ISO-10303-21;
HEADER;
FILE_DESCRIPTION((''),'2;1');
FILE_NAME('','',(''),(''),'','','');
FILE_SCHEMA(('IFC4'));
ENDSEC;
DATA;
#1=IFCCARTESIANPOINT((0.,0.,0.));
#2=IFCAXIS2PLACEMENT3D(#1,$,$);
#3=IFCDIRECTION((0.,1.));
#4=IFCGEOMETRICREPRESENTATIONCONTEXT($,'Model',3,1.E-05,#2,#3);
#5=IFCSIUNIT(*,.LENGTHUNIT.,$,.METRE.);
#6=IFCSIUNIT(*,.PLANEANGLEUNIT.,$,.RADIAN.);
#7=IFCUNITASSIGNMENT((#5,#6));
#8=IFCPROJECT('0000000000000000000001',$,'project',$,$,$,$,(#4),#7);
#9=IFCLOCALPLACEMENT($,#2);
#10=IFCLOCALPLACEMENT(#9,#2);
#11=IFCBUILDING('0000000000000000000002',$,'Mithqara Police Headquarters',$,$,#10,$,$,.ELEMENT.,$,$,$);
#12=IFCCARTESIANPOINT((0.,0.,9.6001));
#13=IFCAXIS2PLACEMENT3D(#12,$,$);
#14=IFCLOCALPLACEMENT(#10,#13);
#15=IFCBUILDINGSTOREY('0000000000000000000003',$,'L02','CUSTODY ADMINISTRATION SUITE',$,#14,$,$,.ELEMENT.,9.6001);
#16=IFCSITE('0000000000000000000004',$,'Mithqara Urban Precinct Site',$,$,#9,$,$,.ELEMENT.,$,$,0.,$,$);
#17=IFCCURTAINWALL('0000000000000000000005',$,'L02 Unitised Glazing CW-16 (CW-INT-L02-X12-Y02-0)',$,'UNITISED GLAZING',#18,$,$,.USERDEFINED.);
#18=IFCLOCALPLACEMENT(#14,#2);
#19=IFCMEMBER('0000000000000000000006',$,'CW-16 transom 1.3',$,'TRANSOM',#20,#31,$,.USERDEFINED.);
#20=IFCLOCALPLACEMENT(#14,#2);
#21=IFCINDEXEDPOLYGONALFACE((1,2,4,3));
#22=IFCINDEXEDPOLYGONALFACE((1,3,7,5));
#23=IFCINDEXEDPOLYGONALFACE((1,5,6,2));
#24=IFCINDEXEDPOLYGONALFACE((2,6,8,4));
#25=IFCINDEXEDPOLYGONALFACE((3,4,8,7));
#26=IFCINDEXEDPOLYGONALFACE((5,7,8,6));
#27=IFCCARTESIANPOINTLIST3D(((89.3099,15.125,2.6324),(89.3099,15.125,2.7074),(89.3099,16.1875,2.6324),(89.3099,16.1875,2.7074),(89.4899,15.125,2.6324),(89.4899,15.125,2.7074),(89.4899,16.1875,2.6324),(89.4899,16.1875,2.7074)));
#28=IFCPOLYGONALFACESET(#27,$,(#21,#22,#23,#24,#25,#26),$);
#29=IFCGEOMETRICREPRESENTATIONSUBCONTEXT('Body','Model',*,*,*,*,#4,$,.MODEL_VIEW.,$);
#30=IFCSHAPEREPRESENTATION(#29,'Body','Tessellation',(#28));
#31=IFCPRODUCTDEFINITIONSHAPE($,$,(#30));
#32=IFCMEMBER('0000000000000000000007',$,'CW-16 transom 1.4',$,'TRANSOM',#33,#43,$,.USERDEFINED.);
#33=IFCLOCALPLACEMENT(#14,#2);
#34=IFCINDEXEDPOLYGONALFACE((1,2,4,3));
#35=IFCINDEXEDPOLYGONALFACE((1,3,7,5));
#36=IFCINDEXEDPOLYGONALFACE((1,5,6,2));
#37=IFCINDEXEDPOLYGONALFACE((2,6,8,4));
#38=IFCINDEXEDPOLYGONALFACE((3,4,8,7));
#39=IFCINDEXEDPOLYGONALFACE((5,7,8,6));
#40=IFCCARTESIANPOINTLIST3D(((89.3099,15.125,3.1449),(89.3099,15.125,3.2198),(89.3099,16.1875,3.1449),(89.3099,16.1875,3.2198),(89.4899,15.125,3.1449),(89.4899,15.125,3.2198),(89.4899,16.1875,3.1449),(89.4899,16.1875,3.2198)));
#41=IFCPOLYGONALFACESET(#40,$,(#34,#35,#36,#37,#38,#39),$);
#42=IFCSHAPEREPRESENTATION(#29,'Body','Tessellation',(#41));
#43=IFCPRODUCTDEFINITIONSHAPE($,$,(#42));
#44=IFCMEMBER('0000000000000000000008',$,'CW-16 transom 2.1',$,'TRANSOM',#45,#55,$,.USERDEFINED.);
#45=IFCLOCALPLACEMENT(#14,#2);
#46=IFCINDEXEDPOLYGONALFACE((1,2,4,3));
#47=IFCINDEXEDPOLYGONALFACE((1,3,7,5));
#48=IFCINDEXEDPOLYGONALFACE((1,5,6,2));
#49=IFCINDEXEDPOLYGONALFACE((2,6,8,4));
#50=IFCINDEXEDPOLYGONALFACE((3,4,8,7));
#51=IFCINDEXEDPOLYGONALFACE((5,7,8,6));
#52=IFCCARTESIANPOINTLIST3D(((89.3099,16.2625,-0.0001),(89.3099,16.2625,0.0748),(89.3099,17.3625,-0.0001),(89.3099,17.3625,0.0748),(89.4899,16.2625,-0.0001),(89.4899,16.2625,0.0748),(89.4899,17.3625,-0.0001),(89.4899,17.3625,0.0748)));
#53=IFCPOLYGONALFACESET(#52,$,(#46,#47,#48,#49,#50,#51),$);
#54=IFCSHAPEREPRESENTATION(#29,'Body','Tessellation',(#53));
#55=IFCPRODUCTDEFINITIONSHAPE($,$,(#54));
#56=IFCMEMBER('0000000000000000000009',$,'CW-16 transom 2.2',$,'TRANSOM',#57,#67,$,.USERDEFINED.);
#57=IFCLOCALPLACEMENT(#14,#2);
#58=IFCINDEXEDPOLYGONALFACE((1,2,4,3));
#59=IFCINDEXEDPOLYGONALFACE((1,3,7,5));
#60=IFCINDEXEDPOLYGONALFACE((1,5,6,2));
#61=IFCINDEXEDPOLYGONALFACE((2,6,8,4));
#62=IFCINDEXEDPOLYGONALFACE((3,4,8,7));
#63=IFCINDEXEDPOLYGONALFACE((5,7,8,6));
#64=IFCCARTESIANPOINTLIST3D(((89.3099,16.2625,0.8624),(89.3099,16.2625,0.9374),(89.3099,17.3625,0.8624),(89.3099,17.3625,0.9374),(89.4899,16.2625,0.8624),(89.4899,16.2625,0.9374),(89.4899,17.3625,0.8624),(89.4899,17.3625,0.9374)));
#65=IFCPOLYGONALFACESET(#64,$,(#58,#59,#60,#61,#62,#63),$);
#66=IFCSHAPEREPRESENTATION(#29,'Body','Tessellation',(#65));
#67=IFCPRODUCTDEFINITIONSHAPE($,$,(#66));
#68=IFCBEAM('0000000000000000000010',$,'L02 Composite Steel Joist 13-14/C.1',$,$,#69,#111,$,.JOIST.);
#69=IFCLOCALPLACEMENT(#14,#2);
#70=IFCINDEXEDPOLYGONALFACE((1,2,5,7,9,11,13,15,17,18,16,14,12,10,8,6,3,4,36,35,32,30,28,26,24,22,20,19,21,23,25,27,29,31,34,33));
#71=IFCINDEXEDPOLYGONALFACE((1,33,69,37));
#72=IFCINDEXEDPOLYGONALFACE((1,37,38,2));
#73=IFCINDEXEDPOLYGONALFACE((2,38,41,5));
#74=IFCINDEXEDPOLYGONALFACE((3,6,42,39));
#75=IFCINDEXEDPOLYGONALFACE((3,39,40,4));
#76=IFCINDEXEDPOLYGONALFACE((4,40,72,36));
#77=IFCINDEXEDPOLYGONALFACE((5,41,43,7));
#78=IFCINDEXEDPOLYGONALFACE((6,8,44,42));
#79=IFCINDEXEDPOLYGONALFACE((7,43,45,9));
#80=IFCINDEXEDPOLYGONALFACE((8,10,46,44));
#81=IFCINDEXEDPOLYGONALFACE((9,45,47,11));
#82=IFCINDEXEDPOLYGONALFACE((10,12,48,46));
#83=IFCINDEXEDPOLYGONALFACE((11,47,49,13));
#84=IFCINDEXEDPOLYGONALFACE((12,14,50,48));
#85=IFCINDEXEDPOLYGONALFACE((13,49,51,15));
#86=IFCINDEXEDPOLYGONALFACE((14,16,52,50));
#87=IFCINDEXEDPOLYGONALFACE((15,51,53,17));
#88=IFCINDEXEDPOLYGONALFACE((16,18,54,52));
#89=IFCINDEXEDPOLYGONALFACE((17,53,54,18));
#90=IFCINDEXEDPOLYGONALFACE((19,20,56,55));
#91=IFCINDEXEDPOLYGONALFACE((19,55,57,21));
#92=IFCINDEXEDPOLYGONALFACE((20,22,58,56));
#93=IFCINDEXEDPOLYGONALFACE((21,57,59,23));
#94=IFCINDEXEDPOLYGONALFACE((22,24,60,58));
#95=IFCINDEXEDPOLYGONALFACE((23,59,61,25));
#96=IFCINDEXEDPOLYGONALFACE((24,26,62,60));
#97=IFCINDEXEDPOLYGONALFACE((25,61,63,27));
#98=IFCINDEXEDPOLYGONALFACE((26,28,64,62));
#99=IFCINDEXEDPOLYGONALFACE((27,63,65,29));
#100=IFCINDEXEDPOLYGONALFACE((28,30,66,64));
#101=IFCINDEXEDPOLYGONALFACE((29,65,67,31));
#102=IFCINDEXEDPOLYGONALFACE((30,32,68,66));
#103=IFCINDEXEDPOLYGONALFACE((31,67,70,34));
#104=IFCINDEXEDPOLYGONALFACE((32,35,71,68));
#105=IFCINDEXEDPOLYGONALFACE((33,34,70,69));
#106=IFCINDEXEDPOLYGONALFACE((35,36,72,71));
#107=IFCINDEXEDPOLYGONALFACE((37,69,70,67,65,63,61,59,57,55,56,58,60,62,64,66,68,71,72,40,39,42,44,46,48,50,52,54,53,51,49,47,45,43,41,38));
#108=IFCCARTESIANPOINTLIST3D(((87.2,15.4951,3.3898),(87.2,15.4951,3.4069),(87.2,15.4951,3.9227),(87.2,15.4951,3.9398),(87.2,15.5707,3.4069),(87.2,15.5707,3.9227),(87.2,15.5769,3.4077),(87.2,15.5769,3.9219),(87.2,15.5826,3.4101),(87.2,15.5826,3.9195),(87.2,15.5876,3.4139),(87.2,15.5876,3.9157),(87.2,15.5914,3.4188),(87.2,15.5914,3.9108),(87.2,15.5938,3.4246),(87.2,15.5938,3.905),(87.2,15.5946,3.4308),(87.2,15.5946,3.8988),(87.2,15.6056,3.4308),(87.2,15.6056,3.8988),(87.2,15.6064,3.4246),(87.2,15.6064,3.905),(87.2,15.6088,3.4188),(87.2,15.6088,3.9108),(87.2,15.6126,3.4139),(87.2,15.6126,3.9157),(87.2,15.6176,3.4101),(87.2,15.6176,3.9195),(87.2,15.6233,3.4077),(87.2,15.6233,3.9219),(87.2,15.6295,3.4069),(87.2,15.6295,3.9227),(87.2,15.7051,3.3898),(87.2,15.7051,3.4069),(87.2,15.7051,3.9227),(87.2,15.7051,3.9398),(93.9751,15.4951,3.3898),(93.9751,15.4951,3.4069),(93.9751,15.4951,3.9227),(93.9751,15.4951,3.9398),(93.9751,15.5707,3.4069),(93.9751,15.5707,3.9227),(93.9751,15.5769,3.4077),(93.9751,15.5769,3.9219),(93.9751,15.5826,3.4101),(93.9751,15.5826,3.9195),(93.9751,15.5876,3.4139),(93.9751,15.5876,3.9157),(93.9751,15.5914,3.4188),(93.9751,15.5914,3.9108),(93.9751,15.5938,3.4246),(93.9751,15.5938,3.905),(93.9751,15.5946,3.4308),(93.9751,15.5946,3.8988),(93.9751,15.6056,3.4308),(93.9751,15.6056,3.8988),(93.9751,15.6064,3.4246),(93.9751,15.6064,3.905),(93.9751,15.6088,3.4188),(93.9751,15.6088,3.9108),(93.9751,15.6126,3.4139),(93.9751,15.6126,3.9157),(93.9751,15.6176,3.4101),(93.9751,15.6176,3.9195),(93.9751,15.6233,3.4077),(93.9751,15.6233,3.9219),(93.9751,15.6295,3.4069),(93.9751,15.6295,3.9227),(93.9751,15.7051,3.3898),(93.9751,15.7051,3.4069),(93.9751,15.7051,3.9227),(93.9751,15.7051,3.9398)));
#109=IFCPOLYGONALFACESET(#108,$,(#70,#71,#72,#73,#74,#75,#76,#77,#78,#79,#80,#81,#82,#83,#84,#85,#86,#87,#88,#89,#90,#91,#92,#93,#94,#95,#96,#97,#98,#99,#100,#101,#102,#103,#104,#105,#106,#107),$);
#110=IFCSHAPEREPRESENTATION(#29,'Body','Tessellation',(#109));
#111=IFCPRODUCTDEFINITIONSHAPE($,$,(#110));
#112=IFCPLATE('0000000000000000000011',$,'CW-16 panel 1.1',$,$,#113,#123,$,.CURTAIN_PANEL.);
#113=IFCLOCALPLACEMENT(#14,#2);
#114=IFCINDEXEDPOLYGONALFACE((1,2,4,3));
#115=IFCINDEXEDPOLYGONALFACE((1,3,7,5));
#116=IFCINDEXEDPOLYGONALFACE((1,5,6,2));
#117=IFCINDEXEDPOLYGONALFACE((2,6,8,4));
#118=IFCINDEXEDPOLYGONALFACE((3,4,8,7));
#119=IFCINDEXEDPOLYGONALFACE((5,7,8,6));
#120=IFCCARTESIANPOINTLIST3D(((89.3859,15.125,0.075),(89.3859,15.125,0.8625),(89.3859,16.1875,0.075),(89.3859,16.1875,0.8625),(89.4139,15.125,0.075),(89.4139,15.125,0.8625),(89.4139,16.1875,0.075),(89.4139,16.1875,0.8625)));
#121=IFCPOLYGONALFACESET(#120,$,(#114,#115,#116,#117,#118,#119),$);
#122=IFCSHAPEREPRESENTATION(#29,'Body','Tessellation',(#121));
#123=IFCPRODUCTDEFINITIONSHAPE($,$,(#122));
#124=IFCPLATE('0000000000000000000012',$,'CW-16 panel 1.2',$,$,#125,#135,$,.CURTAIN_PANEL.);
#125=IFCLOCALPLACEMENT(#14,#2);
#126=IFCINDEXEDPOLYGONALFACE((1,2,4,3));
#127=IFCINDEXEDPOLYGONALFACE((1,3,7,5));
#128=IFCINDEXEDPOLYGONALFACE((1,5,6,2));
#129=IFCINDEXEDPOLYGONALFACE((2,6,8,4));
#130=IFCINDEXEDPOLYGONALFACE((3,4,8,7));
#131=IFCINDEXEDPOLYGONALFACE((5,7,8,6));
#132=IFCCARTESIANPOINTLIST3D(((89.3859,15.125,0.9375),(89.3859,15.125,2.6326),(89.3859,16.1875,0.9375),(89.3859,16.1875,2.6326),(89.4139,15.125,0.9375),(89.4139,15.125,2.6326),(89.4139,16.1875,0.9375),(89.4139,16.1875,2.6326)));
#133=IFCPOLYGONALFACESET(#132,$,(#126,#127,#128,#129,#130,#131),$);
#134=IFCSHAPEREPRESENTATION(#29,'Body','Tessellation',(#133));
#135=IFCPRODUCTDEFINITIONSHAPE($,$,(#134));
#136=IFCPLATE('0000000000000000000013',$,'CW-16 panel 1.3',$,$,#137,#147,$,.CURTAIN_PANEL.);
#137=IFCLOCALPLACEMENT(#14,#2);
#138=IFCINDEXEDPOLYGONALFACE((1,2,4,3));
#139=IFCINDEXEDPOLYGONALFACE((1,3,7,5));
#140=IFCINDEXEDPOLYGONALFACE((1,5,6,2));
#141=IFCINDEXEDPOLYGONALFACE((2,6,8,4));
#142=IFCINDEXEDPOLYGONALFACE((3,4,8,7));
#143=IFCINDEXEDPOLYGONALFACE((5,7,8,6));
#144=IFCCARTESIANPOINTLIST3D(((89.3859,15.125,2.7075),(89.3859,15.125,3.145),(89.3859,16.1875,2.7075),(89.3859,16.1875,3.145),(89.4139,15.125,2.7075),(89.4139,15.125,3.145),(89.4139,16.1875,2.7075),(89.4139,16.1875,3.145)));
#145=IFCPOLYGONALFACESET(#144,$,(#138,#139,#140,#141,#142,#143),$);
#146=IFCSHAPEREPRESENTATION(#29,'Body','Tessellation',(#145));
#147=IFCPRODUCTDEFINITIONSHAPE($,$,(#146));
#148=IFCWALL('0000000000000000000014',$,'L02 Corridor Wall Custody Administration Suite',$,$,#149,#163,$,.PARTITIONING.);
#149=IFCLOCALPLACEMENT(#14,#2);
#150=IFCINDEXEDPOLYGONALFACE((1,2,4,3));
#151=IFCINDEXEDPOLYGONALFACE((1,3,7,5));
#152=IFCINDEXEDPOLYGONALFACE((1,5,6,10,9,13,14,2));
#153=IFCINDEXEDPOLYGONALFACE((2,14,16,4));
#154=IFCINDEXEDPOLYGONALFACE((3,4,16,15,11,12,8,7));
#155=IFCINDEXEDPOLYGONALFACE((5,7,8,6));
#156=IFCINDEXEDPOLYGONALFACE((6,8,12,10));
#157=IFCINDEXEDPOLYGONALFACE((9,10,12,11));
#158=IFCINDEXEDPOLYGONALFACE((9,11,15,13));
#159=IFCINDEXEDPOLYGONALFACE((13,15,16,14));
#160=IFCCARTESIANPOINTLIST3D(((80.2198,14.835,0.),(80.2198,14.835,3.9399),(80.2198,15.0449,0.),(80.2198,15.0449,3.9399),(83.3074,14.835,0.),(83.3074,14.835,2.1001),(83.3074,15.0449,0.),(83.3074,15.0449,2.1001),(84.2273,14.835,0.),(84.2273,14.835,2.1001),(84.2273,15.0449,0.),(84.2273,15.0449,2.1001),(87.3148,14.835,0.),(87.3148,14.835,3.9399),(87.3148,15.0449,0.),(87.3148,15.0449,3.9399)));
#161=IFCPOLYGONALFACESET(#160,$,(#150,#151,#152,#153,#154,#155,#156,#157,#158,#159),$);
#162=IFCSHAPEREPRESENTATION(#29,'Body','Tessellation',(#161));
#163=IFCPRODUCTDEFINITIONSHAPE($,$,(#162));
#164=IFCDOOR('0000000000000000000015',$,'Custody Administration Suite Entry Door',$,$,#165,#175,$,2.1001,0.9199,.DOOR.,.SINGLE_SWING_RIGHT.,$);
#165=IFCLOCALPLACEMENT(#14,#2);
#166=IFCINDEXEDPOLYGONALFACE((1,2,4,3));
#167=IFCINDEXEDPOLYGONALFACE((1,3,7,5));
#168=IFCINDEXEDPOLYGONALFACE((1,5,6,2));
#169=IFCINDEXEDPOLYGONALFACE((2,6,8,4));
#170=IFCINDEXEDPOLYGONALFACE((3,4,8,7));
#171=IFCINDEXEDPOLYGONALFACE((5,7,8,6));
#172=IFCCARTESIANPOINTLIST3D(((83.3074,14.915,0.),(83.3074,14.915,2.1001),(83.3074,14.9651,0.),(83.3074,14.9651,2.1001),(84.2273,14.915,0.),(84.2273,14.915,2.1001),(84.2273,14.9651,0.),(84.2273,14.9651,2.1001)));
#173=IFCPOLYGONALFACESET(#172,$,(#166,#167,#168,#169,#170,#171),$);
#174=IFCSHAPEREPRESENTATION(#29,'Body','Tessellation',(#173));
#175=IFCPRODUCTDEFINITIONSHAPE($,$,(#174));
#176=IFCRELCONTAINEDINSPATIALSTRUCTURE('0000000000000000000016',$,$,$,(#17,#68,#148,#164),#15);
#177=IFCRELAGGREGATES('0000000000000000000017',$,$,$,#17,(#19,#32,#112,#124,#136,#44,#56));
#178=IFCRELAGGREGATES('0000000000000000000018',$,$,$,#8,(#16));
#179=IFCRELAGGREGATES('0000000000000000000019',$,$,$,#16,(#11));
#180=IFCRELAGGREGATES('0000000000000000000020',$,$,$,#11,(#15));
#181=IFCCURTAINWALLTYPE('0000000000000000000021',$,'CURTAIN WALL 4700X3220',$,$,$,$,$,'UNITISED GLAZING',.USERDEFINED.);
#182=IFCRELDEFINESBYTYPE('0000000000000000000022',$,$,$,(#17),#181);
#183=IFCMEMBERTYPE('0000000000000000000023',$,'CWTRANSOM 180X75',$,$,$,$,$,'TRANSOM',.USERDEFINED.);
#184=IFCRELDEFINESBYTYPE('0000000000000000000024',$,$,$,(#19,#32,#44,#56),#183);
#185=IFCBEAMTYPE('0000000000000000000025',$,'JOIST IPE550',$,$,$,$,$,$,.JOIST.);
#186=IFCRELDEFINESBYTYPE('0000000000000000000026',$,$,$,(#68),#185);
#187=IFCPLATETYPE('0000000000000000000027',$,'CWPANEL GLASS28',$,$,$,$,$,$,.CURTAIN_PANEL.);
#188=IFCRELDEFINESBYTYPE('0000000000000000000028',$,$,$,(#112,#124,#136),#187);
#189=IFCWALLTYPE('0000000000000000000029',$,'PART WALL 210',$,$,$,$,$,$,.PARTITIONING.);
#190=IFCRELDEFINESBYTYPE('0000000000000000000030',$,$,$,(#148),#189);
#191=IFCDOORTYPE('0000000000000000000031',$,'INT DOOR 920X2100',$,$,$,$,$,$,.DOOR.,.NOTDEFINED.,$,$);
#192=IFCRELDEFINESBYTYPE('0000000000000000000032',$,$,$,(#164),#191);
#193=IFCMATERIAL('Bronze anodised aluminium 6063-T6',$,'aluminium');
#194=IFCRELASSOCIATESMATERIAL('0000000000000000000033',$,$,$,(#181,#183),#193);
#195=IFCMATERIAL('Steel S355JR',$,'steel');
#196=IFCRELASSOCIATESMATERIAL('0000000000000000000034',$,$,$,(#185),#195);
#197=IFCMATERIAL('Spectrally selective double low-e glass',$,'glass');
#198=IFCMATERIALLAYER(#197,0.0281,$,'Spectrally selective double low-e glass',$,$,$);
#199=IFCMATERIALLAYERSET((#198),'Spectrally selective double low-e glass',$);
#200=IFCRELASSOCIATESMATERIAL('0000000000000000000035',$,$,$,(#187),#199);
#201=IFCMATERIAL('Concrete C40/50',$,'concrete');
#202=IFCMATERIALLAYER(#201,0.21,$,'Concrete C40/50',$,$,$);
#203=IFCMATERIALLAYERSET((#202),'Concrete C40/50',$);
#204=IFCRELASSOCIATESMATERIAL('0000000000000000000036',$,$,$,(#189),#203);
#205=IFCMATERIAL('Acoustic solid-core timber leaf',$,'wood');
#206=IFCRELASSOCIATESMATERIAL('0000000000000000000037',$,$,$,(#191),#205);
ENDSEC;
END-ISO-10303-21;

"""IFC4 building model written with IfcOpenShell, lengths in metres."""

from ifc_helpers import new_model, si_unit, direction, frame, frame_2d, origin, origin_2d, place, context, subcontext, project, spatial, rectangle, i_section, extrude, material, layer, layer_set, material_profile, profile_set, type_object, element, fill, aggregate, save


model = new_model("IFC4")

# Units and contexts
model_context = context("Model", 3, precision=1e-05, world=origin(), true_north=direction((0.0, 1.0)))
body_context = subcontext(model_context, "Body", "Model", "MODEL_VIEW")
ifc_project = project(units=[si_unit("LENGTHUNIT", "METRE"), si_unit("PLANEANGLEUNIT", "RADIAN")], contexts=[model_context])

# Site, building, storey
site_placement = place(None, origin())
site = spatial("IfcSite", under=ifc_project, at=site_placement, Name="Mithqara Urban Precinct Site", CompositionType="ELEMENT", RefElevation=0.0)
building_placement = place(site_placement, origin())
building = spatial("IfcBuilding", under=site, at=building_placement, Name="Mithqara Police Headquarters", CompositionType="ELEMENT")
storey_placement = place(building_placement, frame((0.0, 0.0, 9.6001)))
storey = spatial("IfcBuildingStorey", under=building, at=storey_placement, Name="L02", Description="CUSTODY ADMINISTRATION SUITE", CompositionType="ELEMENT", Elevation=9.6001)

# Shared definitions
ifc_material_1 = material(Name="Steel S355JR", Category="steel")
ifc_material_2 = material(Name="Concrete C40/50", Category="concrete")

# Curtain wall, members
ifc_material_3 = material(Name="Bronze anodised aluminium 6063-T6", Category="aluminium")
curtain_wall_type = type_object("IfcCurtainWallType", Name="CURTAIN WALL 4700X3220", ElementType="UNITISED GLAZING", PredefinedType="USERDEFINED", material=ifc_material_3)
curtain_wall_placement = place(storey_placement, origin())
curtain_wall = element("IfcCurtainWall", 1, at=curtain_wall_placement, inside=storey, type_object=curtain_wall_type, Name="L02 Unitised Glazing CW-16 (CW-INT-L02-X12-Y02-0)", ObjectType="UNITISED GLAZING", PredefinedType="USERDEFINED")
ifc_material_profile_1 = material_profile(ifc_material_3, rectangle(XDim=0.1799, YDim=0.075, at=origin_2d()), Name="CWT 180x75")
ifc_profile_set_1 = profile_set([ifc_material_profile_1], Name="Bronze anodised aluminium 6063-T6")
member_type_1 = type_object("IfcMemberType", Name="CWTRANSOM 180X75", ElementType="TRANSOM", PredefinedType="USERDEFINED", material=ifc_profile_set_1)
member_1_placement = place(storey_placement, frame((89.3999, 15.125, 2.6699), z_axis=(0.0, 1.0, 0.0), x_axis=(-1.0, 0.0, 0.0)))
member_1 = element("IfcMember", 2, at=member_1_placement, type_object=member_type_1, Name="CW-16 transom 1.3", ObjectType="TRANSOM", PredefinedType="USERDEFINED", context=body_context, shape_type="SweptSolid", body=[
    extrude(rectangle(XDim=0.1799, YDim=0.075, at=origin_2d()), origin(), (0.0, 0.0, 1.0), 1.0625),
])
member_2_placement = place(storey_placement, frame((89.3999, 15.125, 3.1824), z_axis=(0.0, 1.0, 0.0), x_axis=(-1.0, 0.0, 0.0)))
member_2 = element("IfcMember", 3, at=member_2_placement, type_object=member_type_1, Name="CW-16 transom 1.4", ObjectType="TRANSOM", PredefinedType="USERDEFINED", context=body_context, shape_type="SweptSolid", body=[
    extrude(rectangle(XDim=0.1799, YDim=0.075, at=origin_2d()), origin(), (0.0, 0.0, 1.0), 1.0625),
])
member_3_placement = place(storey_placement, frame((89.3999, 16.2625, 0.0374), z_axis=(0.0, 1.0, 0.0), x_axis=(-1.0, 0.0, 0.0)))
member_3 = element("IfcMember", 4, at=member_3_placement, type_object=member_type_1, Name="CW-16 transom 2.1", ObjectType="TRANSOM", PredefinedType="USERDEFINED", context=body_context, shape_type="SweptSolid", body=[
    extrude(rectangle(XDim=0.1799, YDim=0.075, at=origin_2d()), origin(), (0.0, 0.0, 1.0), 1.1001),
])
member_4_placement = place(storey_placement, frame((89.3999, 16.2625, 0.8999), z_axis=(0.0, 1.0, 0.0), x_axis=(-1.0, 0.0, 0.0)))
member_4 = element("IfcMember", 5, at=member_4_placement, type_object=member_type_1, Name="CW-16 transom 2.2", ObjectType="TRANSOM", PredefinedType="USERDEFINED", context=body_context, shape_type="SweptSolid", body=[
    extrude(rectangle(XDim=0.1799, YDim=0.075, at=origin_2d()), origin(), (0.0, 0.0, 1.0), 1.1001),
])

# Beam
ifc_material_profile_2 = material_profile(ifc_material_1, i_section(OverallWidth=0.21, OverallDepth=0.55, WebThickness=0.011, FlangeThickness=0.0171, FilletRadius=0.0239, at=origin_2d()), Name="IPE 550")
ifc_profile_set_2 = profile_set([ifc_material_profile_2], Name="Steel S355JR")
beam_type_1 = type_object("IfcBeamType", Name="JOIST IPE550", PredefinedType="JOIST", material=ifc_profile_set_2)
beam_1_placement = place(storey_placement, frame((87.2, 15.6001, 3.6648), z_axis=(1.0, 0.0, 0.0), x_axis=(0.0, 1.0, 0.0)))
element("IfcBeam", 6, at=beam_1_placement, inside=storey, type_object=beam_type_1, Name="L02 Composite Steel Joist 13-14/C.1", PredefinedType="JOIST", context=body_context, shape_type="SweptSolid", body=[
    extrude(i_section(OverallWidth=0.21, OverallDepth=0.55, WebThickness=0.011, FlangeThickness=0.0171, FilletRadius=0.0239, at=origin_2d()), origin(), (0.0, 0.0, 1.0), 6.7751),
])

# Plates
ifc_material_4 = material(Name="Spectrally selective double low-e glass", Category="glass")
ifc_layer_1 = layer(ifc_material_4, 0.0281, Name="Spectrally selective double low-e glass")
ifc_layer_set_1 = layer_set([ifc_layer_1], Name="Spectrally selective double low-e glass")
plate_type = type_object("IfcPlateType", Name="CWPANEL GLASS28", PredefinedType="CURTAIN_PANEL", material=ifc_layer_set_1)
plate_1_placement = place(storey_placement, frame((89.3999, 15.6562, 0.075), z_axis=(0.0, 0.0, 1.0), x_axis=(0.0, 1.0, 0.0)))
plate_1 = element("IfcPlate", 7, at=plate_1_placement, type_object=plate_type, Name="CW-16 panel 1.1", PredefinedType="CURTAIN_PANEL", context=body_context, shape_type="SweptSolid", body=[
    extrude(rectangle(XDim=1.0625, YDim=0.0281, at=origin_2d()), origin(), (0.0, 0.0, 1.0), 0.7876),
])
plate_2_placement = place(storey_placement, frame((89.3999, 15.6562, 0.9375), z_axis=(0.0, 0.0, 1.0), x_axis=(0.0, 1.0, 0.0)))
plate_2 = element("IfcPlate", 8, at=plate_2_placement, type_object=plate_type, Name="CW-16 panel 1.2", PredefinedType="CURTAIN_PANEL", context=body_context, shape_type="SweptSolid", body=[
    extrude(rectangle(XDim=1.0625, YDim=0.0281, at=origin_2d()), origin(), (0.0, 0.0, 1.0), 1.6951),
])
plate_3_placement = place(storey_placement, frame((89.3999, 15.6562, 2.7075), z_axis=(0.0, 0.0, 1.0), x_axis=(0.0, 1.0, 0.0)))
plate_3 = element("IfcPlate", 9, at=plate_3_placement, type_object=plate_type, Name="CW-16 panel 1.3", PredefinedType="CURTAIN_PANEL", context=body_context, shape_type="SweptSolid", body=[
    extrude(rectangle(XDim=1.0625, YDim=0.0281, at=origin_2d()), origin(), (0.0, 0.0, 1.0), 0.4375),
])
aggregate(curtain_wall, [member_1, member_2, plate_1, plate_2, plate_3, member_3, member_4])

# Wall, opening, door
ifc_layer_2 = layer(ifc_material_2, 0.21, Name="Concrete C40/50")
ifc_layer_set_2 = layer_set([ifc_layer_2], Name="Concrete C40/50")
wall_type_1 = type_object("IfcWallType", Name="PART WALL 210", PredefinedType="PARTITIONING", material=ifc_layer_set_2)
wall_1_placement = place(storey_placement, frame((80.22, 14.9399, 0.0), z_axis=(0.0, 0.0, 1.0), x_axis=(1.0, 0.0, 0.0)))
wall_1 = element("IfcWall", 10, at=wall_1_placement, inside=storey, type_object=wall_type_1, Name="L02 Corridor Wall Custody Administration Suite", PredefinedType="PARTITIONING", context=body_context, shape_type="SweptSolid", body=[
    extrude(rectangle(XDim=7.095, YDim=0.21, at=frame_2d((3.5474, 0.0))), origin(), (0.0, 0.0, 1.0), 3.9399),
])
opening_1_placement = place(wall_1_placement, frame((3.0874, 0.0, 0.0)))
opening_1 = element("IfcOpeningElement", 11, at=opening_1_placement, cuts=wall_1, PredefinedType="OPENING", context=body_context, shape_type="SweptSolid", body=[
    extrude(rectangle(XDim=0.9199, YDim=2.1001, at=frame_2d((0.46, 1.05))), frame((0.0, 0.115, 0.0), z_axis=(0.0, -1.0, 0.0), x_axis=(1.0, 0.0, 0.0)), (0.0, 0.0, 1.0), 0.23),
])
ifc_material_5 = material(Name="Acoustic solid-core timber leaf", Category="wood")
door_type_1 = type_object("IfcDoorType", Name="INT DOOR 920X2100", OperationType="NOTDEFINED", PredefinedType="DOOR", material=ifc_material_5)
door_1_placement = place(opening_1_placement, frame((0.9199, 0.0, 0.0), z_axis=(0.0, 0.0, 1.0), x_axis=(-1.0, 0.0, 0.0)))
door_1 = element("IfcDoor", 12, at=door_1_placement, inside=storey, type_object=door_type_1, Name="Custody Administration Suite Entry Door", OperationType="SINGLE_SWING_RIGHT", OverallHeight=2.1001, OverallWidth=0.9199, PredefinedType="DOOR", context=body_context, shape_type="SweptSolid", body=[
    extrude(rectangle(XDim=0.9199, YDim=2.1001, at=frame_2d((0.46, 1.05))), frame((0.0, 0.0249, 0.0), z_axis=(0.0, -1.0, 0.0), x_axis=(1.0, 0.0, 0.0)), (0.0, 0.0, 1.0), 0.05),
])
fill(opening_1, door_1)

save(model, "model.ifc")
